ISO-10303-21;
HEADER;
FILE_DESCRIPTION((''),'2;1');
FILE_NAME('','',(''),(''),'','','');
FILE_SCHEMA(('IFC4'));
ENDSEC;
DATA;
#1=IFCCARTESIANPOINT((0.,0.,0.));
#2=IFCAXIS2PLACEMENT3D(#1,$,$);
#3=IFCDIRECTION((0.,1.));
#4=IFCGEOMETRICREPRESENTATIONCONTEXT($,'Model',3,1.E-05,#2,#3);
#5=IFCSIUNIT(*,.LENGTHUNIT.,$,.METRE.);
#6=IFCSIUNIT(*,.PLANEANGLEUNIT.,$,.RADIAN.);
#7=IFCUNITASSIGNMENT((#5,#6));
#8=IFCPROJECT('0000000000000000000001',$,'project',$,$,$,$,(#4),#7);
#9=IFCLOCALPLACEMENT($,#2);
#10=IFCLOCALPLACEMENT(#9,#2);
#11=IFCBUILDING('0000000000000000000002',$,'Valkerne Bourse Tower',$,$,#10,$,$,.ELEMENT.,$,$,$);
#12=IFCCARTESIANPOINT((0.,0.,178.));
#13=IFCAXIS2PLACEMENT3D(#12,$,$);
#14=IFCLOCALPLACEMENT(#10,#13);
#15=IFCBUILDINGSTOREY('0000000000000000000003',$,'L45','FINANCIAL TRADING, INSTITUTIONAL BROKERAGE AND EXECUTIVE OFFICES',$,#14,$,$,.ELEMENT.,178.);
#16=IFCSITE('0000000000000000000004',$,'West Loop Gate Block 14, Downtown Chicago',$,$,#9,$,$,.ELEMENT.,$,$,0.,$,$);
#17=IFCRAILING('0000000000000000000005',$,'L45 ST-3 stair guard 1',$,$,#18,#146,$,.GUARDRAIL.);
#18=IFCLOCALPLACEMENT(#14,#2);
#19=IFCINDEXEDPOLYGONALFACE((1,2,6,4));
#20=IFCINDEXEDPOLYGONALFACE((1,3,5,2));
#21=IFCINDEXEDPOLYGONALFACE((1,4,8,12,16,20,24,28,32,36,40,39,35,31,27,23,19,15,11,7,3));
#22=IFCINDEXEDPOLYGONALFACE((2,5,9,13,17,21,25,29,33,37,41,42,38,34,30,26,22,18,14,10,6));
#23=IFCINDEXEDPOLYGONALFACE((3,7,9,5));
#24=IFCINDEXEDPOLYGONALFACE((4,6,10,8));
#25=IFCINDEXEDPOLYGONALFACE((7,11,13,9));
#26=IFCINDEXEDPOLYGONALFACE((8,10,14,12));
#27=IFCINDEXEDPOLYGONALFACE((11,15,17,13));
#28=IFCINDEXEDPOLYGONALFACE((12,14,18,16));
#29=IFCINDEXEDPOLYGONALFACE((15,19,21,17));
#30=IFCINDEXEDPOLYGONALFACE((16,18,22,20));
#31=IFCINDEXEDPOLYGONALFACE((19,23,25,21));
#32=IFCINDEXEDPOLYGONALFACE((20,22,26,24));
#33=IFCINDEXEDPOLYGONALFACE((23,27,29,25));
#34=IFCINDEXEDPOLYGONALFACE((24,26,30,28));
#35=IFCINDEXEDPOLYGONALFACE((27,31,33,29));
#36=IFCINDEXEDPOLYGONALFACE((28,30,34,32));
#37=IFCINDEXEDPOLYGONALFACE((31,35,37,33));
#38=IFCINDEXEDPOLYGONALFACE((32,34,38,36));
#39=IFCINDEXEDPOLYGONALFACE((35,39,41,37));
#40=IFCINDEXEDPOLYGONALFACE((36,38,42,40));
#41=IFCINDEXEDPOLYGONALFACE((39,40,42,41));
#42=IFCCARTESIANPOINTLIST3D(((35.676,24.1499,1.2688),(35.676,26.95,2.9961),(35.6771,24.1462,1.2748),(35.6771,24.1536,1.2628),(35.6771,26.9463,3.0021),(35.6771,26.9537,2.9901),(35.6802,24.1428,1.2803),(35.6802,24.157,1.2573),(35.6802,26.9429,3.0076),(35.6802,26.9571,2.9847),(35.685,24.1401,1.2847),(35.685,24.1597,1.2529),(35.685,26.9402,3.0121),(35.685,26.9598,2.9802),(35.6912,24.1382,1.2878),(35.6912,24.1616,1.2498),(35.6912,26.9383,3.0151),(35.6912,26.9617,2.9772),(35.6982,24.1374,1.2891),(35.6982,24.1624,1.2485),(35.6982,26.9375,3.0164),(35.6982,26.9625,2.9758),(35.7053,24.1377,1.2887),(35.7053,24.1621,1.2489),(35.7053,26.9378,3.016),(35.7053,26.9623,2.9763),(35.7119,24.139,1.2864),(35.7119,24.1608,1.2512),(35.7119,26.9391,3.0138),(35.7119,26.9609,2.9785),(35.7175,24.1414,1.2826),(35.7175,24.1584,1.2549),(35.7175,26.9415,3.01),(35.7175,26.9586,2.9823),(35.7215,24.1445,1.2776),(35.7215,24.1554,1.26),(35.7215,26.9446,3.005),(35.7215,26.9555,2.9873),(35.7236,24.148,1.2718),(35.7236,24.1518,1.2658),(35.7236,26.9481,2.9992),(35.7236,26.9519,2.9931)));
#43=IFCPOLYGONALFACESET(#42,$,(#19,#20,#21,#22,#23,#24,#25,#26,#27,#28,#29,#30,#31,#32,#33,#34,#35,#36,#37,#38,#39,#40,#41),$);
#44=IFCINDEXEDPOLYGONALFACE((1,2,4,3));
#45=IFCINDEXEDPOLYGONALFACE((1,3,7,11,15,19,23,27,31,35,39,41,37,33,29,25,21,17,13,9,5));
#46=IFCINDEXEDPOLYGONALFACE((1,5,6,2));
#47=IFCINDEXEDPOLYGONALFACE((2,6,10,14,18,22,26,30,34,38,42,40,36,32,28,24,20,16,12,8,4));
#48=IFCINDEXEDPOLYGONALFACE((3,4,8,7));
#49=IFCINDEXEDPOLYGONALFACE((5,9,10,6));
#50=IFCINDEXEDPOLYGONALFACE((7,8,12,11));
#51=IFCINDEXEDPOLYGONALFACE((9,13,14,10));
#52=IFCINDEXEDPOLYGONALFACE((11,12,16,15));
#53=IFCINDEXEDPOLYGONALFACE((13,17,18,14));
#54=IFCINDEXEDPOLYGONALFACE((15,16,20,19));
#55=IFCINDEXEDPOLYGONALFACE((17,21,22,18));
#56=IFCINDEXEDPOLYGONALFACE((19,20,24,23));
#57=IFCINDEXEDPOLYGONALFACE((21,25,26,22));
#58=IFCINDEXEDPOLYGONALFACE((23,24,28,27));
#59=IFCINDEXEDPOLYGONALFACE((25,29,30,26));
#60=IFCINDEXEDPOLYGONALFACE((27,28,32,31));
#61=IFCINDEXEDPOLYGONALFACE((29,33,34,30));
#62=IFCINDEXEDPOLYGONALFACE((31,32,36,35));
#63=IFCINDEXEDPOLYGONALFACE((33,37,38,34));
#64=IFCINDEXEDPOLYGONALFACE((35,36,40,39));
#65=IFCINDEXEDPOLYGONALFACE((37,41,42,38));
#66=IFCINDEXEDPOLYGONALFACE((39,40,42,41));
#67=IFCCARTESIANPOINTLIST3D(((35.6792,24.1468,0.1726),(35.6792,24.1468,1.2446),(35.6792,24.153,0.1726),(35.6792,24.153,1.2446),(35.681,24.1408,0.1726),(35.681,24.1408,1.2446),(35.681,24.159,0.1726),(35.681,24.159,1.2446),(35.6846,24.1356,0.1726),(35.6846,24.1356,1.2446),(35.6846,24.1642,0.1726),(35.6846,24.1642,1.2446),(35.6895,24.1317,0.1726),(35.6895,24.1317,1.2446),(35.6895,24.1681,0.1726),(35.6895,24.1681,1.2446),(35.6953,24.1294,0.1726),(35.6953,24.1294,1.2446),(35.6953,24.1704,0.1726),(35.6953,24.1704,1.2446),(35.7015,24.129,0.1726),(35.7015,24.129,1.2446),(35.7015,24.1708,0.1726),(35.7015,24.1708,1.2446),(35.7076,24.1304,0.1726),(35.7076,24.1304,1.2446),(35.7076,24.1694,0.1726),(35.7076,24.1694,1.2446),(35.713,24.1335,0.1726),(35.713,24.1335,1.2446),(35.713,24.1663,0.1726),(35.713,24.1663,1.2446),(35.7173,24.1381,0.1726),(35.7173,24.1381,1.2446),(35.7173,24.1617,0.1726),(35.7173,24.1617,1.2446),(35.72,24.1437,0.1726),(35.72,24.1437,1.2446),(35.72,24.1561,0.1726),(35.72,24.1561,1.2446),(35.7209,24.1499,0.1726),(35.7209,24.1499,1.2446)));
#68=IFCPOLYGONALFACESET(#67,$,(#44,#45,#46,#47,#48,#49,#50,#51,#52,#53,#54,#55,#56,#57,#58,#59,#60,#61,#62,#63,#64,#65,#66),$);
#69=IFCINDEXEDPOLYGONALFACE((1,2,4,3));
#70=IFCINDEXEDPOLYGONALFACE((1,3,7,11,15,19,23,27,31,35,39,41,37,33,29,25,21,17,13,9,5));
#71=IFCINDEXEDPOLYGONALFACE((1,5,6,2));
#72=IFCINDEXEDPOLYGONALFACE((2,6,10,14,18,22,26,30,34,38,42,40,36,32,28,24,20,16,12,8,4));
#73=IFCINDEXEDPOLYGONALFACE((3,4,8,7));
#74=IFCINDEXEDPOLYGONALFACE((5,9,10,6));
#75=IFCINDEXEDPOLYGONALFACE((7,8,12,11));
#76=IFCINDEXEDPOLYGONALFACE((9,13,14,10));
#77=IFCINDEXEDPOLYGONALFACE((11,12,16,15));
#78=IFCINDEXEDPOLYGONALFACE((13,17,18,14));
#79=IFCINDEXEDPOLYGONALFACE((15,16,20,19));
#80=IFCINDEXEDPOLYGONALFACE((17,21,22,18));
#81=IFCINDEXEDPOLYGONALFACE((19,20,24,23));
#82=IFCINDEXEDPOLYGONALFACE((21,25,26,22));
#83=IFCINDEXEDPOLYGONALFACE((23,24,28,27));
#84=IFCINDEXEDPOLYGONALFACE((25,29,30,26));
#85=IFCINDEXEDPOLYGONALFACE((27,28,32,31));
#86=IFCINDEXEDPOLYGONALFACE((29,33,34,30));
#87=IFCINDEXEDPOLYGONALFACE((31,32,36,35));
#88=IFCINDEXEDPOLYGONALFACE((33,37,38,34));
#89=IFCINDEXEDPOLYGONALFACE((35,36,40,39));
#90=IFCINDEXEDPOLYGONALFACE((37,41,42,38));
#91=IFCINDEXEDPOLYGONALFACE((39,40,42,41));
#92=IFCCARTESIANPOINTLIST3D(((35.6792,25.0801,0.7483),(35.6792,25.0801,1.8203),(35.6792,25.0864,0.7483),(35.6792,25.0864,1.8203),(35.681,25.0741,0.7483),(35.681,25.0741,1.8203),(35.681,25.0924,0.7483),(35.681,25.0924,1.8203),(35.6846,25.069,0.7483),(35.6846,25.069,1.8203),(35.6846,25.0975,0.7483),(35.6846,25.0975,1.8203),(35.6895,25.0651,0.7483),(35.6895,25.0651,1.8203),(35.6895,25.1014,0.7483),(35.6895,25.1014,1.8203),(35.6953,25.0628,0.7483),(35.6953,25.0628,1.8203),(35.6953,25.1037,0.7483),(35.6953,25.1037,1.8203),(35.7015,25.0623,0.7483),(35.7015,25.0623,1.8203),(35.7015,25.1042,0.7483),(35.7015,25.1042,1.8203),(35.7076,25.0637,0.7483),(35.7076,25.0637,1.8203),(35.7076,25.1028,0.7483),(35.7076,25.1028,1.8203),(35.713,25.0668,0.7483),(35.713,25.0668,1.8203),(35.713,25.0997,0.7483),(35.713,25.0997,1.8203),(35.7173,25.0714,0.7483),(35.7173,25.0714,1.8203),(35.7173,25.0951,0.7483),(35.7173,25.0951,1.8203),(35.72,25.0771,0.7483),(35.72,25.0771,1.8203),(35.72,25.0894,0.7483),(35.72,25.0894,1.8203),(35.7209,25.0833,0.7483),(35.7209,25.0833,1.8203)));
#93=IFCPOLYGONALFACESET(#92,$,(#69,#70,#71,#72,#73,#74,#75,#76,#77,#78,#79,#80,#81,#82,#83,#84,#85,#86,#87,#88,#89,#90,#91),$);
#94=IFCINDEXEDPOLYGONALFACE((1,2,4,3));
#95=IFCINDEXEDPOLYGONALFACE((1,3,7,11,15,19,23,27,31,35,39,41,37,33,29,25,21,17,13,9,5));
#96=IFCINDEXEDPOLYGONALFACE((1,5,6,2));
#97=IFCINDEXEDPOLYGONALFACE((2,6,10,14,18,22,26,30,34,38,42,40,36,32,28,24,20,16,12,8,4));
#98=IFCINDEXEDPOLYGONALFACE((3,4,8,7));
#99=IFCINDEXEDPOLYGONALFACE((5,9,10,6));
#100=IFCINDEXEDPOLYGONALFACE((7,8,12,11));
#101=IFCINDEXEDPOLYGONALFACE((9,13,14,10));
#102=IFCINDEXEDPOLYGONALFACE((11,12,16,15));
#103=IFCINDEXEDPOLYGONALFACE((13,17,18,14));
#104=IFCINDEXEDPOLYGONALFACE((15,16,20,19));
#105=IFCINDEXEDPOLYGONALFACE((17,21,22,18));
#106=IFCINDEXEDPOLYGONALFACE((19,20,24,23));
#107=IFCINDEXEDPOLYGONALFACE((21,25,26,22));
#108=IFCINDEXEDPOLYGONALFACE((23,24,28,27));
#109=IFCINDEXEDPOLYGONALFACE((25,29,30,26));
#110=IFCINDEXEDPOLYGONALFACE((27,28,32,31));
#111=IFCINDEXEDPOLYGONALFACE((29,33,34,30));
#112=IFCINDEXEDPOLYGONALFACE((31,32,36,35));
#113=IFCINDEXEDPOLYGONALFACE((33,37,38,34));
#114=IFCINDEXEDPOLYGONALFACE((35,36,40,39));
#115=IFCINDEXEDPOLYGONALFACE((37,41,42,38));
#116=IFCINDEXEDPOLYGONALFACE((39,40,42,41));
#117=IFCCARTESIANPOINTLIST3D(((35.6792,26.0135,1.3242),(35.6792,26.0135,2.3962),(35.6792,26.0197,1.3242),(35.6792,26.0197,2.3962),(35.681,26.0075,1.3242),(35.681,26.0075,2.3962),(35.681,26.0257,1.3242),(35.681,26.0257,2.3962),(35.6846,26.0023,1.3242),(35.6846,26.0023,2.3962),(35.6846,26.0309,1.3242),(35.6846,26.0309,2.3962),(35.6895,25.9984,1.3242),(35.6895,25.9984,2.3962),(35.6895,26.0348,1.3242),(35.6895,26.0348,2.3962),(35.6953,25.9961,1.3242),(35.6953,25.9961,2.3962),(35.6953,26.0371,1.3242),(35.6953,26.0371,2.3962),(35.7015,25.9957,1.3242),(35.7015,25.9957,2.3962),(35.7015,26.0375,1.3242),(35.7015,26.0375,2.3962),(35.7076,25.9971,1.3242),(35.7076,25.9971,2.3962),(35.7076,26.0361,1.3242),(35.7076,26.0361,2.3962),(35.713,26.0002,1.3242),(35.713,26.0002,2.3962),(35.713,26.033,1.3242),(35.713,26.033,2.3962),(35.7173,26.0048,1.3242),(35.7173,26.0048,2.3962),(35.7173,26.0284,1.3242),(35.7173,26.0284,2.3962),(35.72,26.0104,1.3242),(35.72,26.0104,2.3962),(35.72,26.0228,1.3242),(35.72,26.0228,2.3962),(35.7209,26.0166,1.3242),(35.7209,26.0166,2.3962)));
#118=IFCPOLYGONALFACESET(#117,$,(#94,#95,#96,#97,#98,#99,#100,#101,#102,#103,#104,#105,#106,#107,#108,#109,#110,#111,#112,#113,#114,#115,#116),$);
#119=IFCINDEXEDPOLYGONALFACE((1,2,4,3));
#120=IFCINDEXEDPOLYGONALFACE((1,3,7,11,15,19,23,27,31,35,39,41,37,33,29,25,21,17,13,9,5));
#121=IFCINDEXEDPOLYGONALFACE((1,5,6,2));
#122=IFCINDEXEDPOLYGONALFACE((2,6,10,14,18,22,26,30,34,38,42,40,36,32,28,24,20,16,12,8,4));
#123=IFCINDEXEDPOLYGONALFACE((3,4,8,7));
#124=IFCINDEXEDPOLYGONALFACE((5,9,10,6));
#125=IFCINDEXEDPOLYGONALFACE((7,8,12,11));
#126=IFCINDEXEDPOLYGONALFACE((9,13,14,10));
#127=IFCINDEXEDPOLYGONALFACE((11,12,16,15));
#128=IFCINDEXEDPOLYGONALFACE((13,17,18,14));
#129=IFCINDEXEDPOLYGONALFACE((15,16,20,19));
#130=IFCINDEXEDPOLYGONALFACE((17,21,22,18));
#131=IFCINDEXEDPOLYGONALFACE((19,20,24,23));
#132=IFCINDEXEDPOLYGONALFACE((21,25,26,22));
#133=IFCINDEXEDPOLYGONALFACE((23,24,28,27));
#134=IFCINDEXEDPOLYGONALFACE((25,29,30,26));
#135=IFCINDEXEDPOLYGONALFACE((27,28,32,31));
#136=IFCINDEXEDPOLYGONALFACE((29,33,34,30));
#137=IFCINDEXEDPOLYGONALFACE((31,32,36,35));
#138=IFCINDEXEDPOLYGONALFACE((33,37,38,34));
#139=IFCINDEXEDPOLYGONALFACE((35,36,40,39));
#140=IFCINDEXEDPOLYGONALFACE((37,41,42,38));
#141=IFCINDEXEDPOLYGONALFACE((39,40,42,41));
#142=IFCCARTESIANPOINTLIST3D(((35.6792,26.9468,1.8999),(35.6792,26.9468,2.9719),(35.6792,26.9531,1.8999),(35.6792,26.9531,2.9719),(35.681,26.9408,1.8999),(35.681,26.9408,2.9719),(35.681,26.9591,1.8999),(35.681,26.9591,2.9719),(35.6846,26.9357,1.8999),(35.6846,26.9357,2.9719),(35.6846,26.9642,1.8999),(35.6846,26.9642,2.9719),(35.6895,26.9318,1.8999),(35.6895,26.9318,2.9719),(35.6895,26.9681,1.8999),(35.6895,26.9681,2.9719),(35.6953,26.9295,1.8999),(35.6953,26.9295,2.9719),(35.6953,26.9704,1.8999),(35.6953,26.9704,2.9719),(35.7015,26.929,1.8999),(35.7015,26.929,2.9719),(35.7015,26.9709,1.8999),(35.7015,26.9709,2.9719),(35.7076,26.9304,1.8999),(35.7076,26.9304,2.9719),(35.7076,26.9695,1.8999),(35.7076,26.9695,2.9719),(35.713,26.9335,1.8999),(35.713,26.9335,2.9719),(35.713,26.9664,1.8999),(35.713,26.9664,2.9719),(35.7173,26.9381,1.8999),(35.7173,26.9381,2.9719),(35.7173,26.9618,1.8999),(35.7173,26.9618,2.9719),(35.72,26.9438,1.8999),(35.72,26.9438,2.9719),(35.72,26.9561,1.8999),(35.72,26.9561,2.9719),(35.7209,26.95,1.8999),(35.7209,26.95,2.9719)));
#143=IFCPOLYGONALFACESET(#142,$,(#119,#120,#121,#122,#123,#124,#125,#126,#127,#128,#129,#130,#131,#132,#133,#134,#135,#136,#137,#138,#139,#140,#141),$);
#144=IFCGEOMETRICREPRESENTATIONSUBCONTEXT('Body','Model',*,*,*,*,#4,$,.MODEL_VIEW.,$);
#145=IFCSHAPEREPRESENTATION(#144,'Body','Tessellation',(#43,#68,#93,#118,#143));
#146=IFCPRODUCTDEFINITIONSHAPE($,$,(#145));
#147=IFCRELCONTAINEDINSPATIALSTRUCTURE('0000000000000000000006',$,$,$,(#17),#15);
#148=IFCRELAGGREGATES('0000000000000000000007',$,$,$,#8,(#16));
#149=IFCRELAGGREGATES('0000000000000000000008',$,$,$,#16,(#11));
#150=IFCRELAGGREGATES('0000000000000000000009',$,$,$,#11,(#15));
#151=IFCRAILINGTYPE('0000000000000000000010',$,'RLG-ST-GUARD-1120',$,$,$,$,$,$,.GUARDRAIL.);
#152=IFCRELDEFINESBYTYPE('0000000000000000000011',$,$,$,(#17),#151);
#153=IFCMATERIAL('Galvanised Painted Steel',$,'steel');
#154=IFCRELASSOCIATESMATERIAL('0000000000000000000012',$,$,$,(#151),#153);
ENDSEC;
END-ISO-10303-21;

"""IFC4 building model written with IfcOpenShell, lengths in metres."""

from ifc_helpers import new_model, si_unit, direction, frame, origin, origin_2d, place, context, subcontext, project, spatial, circle, extrude, material, type_object, element, save


model = new_model("IFC4")

# Units and contexts
model_context = context("Model", 3, precision=1e-05, world=origin(), true_north=direction((0.0, 1.0)))
body_context = subcontext(model_context, "Body", "Model", "MODEL_VIEW")
ifc_project = project(units=[si_unit("LENGTHUNIT", "METRE"), si_unit("PLANEANGLEUNIT", "RADIAN")], contexts=[model_context])

# Site, building, storey
site_placement = place(None, origin())
site = spatial("IfcSite", under=ifc_project, at=site_placement, Name="West Loop Gate Block 14, Downtown Chicago", CompositionType="ELEMENT", RefElevation=0.0)
building_placement = place(site_placement, origin())
building = spatial("IfcBuilding", under=site, at=building_placement, Name="Valkerne Bourse Tower", CompositionType="ELEMENT")
storey_placement = place(building_placement, frame((0.0, 0.0, 178.0)))
storey = spatial("IfcBuildingStorey", under=building, at=storey_placement, Name="L45", Description="FINANCIAL TRADING, INSTITUTIONAL BROKERAGE AND EXECUTIVE OFFICES", CompositionType="ELEMENT", Elevation=178.0)

# Railing
ifc_material_1 = material(Name="Galvanised Painted Steel", Category="steel")
railing_type_1 = type_object("IfcRailingType", Name="RLG-ST-GUARD-1120", PredefinedType="GUARDRAIL", material=ifc_material_1)
railing_1_placement = place(storey_placement, frame((35.7, 24.1499, 0.1726)))
element("IfcRailing", 1, at=railing_1_placement, inside=storey, type_object=railing_type_1, Name="L45 ST-3 stair guard 1", PredefinedType="GUARDRAIL", context=body_context, shape_type="SweptSolid", body=[
    extrude(circle(Radius=0.0239, at=origin_2d()), frame((0.0, 0.0, 1.0962), z_axis=(0.0, 0.85109, 0.52502), x_axis=(-1.0, 0.0, 0.0)), (0.0, 0.0, 1.0), 3.29),
    extrude(circle(Radius=0.021, at=origin_2d()), origin(), (0.0, 0.0, 1.0), 1.072),
    extrude(circle(Radius=0.021, at=origin_2d()), frame((0.0, 0.9333, 0.5757)), (0.0, 0.0, 1.0), 1.072),
    extrude(circle(Radius=0.021, at=origin_2d()), frame((0.0, 1.8667, 1.1516)), (0.0, 0.0, 1.0), 1.072),
    extrude(circle(Radius=0.021, at=origin_2d()), frame((0.0, 2.8, 1.7273)), (0.0, 0.0, 1.0), 1.072),
])

save(model, "model.ifc")
